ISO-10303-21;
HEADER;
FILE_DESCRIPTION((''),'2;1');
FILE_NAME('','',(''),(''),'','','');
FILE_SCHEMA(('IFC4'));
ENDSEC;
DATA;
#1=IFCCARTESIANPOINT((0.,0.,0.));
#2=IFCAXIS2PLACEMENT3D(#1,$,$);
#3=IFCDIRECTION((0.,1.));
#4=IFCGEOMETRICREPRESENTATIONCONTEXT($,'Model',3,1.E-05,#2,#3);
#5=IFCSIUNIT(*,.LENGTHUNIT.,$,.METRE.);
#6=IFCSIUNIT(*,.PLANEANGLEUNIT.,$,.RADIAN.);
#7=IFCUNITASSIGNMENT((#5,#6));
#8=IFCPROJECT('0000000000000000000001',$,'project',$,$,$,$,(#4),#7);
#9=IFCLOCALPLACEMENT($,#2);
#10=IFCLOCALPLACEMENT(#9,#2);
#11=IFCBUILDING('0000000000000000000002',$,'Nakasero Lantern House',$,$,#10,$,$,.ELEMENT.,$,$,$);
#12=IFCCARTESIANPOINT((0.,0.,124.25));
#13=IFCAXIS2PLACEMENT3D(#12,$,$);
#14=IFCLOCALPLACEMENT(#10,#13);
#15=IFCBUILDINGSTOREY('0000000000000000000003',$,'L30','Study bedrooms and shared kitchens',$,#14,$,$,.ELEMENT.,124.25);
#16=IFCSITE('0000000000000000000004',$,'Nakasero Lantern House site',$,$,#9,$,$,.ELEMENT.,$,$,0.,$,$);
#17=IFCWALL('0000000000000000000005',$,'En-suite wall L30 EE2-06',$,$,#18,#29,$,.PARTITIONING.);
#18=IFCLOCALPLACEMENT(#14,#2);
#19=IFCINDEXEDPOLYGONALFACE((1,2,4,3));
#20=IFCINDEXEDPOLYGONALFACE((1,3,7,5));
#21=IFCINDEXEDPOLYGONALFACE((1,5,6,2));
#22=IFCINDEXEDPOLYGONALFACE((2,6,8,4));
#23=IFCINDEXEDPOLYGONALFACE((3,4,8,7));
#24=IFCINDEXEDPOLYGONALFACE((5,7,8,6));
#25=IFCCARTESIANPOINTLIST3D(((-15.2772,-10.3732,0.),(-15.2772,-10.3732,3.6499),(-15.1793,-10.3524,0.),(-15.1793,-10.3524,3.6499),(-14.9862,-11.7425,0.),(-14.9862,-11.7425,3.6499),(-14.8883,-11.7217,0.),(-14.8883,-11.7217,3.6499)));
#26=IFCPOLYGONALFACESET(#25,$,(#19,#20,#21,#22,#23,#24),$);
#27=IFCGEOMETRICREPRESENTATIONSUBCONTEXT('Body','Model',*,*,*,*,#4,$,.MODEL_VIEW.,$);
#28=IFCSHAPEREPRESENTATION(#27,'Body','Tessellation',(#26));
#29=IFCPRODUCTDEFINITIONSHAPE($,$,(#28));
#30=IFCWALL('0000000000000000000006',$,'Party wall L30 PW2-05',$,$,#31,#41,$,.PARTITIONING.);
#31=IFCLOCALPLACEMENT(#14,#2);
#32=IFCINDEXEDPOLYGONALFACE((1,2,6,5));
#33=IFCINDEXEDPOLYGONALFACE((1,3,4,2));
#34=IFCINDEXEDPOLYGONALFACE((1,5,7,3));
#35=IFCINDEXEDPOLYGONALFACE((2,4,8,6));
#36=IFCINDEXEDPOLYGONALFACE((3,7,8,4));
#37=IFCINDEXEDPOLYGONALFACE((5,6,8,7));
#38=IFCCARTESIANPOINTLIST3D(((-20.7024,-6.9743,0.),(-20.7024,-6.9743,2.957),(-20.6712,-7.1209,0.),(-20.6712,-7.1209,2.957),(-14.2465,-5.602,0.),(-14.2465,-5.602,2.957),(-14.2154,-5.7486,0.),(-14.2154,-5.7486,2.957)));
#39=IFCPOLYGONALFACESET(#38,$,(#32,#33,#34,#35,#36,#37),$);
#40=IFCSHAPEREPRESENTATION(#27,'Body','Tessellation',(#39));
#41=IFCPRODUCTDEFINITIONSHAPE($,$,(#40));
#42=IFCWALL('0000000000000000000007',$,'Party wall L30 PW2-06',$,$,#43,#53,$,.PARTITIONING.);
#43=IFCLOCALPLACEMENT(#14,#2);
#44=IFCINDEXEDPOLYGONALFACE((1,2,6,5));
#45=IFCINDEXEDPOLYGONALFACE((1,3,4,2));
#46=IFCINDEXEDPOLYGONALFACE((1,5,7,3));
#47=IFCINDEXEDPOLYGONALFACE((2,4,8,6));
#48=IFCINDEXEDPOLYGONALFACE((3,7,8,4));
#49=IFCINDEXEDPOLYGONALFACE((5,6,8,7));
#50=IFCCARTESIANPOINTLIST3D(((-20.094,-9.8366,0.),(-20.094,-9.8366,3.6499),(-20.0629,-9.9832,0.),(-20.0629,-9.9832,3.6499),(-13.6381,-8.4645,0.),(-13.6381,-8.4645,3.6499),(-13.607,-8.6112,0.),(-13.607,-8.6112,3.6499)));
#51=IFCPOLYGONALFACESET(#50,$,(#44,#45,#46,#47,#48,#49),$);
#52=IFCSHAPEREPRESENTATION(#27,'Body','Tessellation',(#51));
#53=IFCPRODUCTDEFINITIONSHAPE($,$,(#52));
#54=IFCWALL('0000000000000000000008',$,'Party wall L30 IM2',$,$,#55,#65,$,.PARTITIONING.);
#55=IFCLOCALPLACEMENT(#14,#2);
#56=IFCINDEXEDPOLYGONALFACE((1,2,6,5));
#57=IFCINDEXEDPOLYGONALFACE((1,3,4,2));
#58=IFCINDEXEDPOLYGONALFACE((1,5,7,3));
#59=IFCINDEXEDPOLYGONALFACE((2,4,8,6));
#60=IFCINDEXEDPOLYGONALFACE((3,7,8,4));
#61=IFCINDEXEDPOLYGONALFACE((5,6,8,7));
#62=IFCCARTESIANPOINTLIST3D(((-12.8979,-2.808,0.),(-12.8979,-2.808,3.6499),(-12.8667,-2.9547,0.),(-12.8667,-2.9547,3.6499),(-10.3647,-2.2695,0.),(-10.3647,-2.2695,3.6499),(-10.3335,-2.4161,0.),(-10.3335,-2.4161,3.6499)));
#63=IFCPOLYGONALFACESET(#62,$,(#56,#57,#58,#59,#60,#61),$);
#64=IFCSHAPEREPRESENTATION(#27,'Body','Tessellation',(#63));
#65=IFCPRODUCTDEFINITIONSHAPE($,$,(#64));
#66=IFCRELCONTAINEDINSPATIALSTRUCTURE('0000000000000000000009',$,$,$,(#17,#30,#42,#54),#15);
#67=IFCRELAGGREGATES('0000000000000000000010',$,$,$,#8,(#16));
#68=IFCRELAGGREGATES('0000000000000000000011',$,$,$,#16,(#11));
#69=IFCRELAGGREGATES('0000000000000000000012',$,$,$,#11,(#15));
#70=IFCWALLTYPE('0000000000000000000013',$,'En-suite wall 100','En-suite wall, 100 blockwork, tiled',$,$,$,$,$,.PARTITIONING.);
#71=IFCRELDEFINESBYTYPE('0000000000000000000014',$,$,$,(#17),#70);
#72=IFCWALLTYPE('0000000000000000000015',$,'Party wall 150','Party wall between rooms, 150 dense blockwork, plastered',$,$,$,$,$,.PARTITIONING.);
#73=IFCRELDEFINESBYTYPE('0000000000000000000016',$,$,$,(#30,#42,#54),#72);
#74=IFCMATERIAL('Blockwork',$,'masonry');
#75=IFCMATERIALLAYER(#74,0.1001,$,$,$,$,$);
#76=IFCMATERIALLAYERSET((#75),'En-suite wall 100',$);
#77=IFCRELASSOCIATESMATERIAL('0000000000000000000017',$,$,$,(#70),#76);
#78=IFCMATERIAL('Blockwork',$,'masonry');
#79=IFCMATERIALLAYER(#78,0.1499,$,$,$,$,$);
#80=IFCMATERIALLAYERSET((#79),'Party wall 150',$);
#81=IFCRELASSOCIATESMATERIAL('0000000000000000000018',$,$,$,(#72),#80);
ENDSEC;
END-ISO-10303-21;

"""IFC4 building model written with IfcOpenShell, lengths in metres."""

from ifc_helpers import new_model, si_unit, direction, frame, frame_2d, origin, place, context, subcontext, project, spatial, rectangle, extrude, material, layer, layer_set, type_object, element, save


model = new_model("IFC4")

# Units and contexts
model_context = context("Model", 3, precision=1e-05, world=origin(), true_north=direction((0.0, 1.0)))
body_context = subcontext(model_context, "Body", "Model", "MODEL_VIEW")
ifc_project = project(units=[si_unit("LENGTHUNIT", "METRE"), si_unit("PLANEANGLEUNIT", "RADIAN")], contexts=[model_context])

# Site, building, storey
site_placement = place(None, origin())
site = spatial("IfcSite", under=ifc_project, at=site_placement, Name="Nakasero Lantern House site", CompositionType="ELEMENT", RefElevation=0.0)
building_placement = place(site_placement, origin())
building = spatial("IfcBuilding", under=site, at=building_placement, Name="Nakasero Lantern House", CompositionType="ELEMENT")
storey_placement = place(building_placement, frame((0.0, 0.0, 124.25)))
storey = spatial("IfcBuildingStorey", under=building, at=storey_placement, Name="L30", Description="Study bedrooms and shared kitchens", CompositionType="ELEMENT", Elevation=124.25)

# Shared definitions
ifc_material_1 = material(Name="Blockwork", Category="masonry")
ifc_layer_1 = layer(ifc_material_1, 0.1001)
ifc_layer_set_1 = layer_set([ifc_layer_1], Name="En-suite wall 100")
wall_type_1 = type_object("IfcWallType", Name="En-suite wall 100", Description="En-suite wall, 100 blockwork, tiled", PredefinedType="PARTITIONING", material=ifc_layer_set_1)

# Walls
wall_1_placement = place(storey_placement, frame((-15.2283, -10.3628, 0.0), z_axis=(0.0, 0.0, 1.0), x_axis=(0.207873, -0.978156, 0.0)))
element("IfcWall", 1, at=wall_1_placement, inside=storey, type_object=wall_type_1, Name="En-suite wall L30 EE2-06", PredefinedType="PARTITIONING", context=body_context, shape_type="SweptSolid", body=[
    extrude(rectangle(XDim=1.3999, YDim=0.1001, at=frame_2d((0.7, 0.0))), origin(), (0.0, 0.0, 1.0), 3.6499),
])
ifc_material_2 = material(Name="Blockwork", Category="masonry")
ifc_layer_2 = layer(ifc_material_2, 0.1499)
ifc_layer_set_2 = layer_set([ifc_layer_2], Name="Party wall 150")
wall_type_2 = type_object("IfcWallType", Name="Party wall 150", Description="Party wall between rooms, 150 dense blockwork, plastered", PredefinedType="PARTITIONING", material=ifc_layer_set_2)
wall_2_placement = place(storey_placement, frame((-14.231, -5.6753, 0.0), z_axis=(0.0, 0.0, 1.0), x_axis=(-0.978145, -0.207925, 0.0)))
element("IfcWall", 2, at=wall_2_placement, inside=storey, type_object=wall_type_2, Name="Party wall L30 PW2-05", PredefinedType="PARTITIONING", context=body_context, shape_type="SweptSolid", body=[
    extrude(rectangle(XDim=6.6001, YDim=0.1499, at=frame_2d((3.3, 0.0))), origin(), (0.0, 0.0, 1.0), 2.957),
])
wall_3_placement = place(storey_placement, frame((-13.6226, -8.5378, 0.0), z_axis=(0.0, 0.0, 1.0), x_axis=(-0.978152, -0.207889, 0.0)))
element("IfcWall", 3, at=wall_3_placement, inside=storey, type_object=wall_type_2, Name="Party wall L30 PW2-06", PredefinedType="PARTITIONING", context=body_context, shape_type="SweptSolid", body=[
    extrude(rectangle(XDim=6.6001, YDim=0.1499, at=frame_2d((3.3, 0.0))), origin(), (0.0, 0.0, 1.0), 3.6499),
])
wall_4_placement = place(storey_placement, frame((-12.8823, -2.8813, 0.0), z_axis=(0.0, 0.0, 1.0), x_axis=(0.978138, 0.207958, 0.0)))
element("IfcWall", 4, at=wall_4_placement, inside=storey, type_object=wall_type_2, Name="Party wall L30 IM2", PredefinedType="PARTITIONING", context=body_context, shape_type="SweptSolid", body=[
    extrude(rectangle(XDim=2.5898, YDim=0.1499, at=frame_2d((1.2949, 0.0))), origin(), (0.0, 0.0, 1.0), 3.6499),
])

save(model, "model.ifc")
